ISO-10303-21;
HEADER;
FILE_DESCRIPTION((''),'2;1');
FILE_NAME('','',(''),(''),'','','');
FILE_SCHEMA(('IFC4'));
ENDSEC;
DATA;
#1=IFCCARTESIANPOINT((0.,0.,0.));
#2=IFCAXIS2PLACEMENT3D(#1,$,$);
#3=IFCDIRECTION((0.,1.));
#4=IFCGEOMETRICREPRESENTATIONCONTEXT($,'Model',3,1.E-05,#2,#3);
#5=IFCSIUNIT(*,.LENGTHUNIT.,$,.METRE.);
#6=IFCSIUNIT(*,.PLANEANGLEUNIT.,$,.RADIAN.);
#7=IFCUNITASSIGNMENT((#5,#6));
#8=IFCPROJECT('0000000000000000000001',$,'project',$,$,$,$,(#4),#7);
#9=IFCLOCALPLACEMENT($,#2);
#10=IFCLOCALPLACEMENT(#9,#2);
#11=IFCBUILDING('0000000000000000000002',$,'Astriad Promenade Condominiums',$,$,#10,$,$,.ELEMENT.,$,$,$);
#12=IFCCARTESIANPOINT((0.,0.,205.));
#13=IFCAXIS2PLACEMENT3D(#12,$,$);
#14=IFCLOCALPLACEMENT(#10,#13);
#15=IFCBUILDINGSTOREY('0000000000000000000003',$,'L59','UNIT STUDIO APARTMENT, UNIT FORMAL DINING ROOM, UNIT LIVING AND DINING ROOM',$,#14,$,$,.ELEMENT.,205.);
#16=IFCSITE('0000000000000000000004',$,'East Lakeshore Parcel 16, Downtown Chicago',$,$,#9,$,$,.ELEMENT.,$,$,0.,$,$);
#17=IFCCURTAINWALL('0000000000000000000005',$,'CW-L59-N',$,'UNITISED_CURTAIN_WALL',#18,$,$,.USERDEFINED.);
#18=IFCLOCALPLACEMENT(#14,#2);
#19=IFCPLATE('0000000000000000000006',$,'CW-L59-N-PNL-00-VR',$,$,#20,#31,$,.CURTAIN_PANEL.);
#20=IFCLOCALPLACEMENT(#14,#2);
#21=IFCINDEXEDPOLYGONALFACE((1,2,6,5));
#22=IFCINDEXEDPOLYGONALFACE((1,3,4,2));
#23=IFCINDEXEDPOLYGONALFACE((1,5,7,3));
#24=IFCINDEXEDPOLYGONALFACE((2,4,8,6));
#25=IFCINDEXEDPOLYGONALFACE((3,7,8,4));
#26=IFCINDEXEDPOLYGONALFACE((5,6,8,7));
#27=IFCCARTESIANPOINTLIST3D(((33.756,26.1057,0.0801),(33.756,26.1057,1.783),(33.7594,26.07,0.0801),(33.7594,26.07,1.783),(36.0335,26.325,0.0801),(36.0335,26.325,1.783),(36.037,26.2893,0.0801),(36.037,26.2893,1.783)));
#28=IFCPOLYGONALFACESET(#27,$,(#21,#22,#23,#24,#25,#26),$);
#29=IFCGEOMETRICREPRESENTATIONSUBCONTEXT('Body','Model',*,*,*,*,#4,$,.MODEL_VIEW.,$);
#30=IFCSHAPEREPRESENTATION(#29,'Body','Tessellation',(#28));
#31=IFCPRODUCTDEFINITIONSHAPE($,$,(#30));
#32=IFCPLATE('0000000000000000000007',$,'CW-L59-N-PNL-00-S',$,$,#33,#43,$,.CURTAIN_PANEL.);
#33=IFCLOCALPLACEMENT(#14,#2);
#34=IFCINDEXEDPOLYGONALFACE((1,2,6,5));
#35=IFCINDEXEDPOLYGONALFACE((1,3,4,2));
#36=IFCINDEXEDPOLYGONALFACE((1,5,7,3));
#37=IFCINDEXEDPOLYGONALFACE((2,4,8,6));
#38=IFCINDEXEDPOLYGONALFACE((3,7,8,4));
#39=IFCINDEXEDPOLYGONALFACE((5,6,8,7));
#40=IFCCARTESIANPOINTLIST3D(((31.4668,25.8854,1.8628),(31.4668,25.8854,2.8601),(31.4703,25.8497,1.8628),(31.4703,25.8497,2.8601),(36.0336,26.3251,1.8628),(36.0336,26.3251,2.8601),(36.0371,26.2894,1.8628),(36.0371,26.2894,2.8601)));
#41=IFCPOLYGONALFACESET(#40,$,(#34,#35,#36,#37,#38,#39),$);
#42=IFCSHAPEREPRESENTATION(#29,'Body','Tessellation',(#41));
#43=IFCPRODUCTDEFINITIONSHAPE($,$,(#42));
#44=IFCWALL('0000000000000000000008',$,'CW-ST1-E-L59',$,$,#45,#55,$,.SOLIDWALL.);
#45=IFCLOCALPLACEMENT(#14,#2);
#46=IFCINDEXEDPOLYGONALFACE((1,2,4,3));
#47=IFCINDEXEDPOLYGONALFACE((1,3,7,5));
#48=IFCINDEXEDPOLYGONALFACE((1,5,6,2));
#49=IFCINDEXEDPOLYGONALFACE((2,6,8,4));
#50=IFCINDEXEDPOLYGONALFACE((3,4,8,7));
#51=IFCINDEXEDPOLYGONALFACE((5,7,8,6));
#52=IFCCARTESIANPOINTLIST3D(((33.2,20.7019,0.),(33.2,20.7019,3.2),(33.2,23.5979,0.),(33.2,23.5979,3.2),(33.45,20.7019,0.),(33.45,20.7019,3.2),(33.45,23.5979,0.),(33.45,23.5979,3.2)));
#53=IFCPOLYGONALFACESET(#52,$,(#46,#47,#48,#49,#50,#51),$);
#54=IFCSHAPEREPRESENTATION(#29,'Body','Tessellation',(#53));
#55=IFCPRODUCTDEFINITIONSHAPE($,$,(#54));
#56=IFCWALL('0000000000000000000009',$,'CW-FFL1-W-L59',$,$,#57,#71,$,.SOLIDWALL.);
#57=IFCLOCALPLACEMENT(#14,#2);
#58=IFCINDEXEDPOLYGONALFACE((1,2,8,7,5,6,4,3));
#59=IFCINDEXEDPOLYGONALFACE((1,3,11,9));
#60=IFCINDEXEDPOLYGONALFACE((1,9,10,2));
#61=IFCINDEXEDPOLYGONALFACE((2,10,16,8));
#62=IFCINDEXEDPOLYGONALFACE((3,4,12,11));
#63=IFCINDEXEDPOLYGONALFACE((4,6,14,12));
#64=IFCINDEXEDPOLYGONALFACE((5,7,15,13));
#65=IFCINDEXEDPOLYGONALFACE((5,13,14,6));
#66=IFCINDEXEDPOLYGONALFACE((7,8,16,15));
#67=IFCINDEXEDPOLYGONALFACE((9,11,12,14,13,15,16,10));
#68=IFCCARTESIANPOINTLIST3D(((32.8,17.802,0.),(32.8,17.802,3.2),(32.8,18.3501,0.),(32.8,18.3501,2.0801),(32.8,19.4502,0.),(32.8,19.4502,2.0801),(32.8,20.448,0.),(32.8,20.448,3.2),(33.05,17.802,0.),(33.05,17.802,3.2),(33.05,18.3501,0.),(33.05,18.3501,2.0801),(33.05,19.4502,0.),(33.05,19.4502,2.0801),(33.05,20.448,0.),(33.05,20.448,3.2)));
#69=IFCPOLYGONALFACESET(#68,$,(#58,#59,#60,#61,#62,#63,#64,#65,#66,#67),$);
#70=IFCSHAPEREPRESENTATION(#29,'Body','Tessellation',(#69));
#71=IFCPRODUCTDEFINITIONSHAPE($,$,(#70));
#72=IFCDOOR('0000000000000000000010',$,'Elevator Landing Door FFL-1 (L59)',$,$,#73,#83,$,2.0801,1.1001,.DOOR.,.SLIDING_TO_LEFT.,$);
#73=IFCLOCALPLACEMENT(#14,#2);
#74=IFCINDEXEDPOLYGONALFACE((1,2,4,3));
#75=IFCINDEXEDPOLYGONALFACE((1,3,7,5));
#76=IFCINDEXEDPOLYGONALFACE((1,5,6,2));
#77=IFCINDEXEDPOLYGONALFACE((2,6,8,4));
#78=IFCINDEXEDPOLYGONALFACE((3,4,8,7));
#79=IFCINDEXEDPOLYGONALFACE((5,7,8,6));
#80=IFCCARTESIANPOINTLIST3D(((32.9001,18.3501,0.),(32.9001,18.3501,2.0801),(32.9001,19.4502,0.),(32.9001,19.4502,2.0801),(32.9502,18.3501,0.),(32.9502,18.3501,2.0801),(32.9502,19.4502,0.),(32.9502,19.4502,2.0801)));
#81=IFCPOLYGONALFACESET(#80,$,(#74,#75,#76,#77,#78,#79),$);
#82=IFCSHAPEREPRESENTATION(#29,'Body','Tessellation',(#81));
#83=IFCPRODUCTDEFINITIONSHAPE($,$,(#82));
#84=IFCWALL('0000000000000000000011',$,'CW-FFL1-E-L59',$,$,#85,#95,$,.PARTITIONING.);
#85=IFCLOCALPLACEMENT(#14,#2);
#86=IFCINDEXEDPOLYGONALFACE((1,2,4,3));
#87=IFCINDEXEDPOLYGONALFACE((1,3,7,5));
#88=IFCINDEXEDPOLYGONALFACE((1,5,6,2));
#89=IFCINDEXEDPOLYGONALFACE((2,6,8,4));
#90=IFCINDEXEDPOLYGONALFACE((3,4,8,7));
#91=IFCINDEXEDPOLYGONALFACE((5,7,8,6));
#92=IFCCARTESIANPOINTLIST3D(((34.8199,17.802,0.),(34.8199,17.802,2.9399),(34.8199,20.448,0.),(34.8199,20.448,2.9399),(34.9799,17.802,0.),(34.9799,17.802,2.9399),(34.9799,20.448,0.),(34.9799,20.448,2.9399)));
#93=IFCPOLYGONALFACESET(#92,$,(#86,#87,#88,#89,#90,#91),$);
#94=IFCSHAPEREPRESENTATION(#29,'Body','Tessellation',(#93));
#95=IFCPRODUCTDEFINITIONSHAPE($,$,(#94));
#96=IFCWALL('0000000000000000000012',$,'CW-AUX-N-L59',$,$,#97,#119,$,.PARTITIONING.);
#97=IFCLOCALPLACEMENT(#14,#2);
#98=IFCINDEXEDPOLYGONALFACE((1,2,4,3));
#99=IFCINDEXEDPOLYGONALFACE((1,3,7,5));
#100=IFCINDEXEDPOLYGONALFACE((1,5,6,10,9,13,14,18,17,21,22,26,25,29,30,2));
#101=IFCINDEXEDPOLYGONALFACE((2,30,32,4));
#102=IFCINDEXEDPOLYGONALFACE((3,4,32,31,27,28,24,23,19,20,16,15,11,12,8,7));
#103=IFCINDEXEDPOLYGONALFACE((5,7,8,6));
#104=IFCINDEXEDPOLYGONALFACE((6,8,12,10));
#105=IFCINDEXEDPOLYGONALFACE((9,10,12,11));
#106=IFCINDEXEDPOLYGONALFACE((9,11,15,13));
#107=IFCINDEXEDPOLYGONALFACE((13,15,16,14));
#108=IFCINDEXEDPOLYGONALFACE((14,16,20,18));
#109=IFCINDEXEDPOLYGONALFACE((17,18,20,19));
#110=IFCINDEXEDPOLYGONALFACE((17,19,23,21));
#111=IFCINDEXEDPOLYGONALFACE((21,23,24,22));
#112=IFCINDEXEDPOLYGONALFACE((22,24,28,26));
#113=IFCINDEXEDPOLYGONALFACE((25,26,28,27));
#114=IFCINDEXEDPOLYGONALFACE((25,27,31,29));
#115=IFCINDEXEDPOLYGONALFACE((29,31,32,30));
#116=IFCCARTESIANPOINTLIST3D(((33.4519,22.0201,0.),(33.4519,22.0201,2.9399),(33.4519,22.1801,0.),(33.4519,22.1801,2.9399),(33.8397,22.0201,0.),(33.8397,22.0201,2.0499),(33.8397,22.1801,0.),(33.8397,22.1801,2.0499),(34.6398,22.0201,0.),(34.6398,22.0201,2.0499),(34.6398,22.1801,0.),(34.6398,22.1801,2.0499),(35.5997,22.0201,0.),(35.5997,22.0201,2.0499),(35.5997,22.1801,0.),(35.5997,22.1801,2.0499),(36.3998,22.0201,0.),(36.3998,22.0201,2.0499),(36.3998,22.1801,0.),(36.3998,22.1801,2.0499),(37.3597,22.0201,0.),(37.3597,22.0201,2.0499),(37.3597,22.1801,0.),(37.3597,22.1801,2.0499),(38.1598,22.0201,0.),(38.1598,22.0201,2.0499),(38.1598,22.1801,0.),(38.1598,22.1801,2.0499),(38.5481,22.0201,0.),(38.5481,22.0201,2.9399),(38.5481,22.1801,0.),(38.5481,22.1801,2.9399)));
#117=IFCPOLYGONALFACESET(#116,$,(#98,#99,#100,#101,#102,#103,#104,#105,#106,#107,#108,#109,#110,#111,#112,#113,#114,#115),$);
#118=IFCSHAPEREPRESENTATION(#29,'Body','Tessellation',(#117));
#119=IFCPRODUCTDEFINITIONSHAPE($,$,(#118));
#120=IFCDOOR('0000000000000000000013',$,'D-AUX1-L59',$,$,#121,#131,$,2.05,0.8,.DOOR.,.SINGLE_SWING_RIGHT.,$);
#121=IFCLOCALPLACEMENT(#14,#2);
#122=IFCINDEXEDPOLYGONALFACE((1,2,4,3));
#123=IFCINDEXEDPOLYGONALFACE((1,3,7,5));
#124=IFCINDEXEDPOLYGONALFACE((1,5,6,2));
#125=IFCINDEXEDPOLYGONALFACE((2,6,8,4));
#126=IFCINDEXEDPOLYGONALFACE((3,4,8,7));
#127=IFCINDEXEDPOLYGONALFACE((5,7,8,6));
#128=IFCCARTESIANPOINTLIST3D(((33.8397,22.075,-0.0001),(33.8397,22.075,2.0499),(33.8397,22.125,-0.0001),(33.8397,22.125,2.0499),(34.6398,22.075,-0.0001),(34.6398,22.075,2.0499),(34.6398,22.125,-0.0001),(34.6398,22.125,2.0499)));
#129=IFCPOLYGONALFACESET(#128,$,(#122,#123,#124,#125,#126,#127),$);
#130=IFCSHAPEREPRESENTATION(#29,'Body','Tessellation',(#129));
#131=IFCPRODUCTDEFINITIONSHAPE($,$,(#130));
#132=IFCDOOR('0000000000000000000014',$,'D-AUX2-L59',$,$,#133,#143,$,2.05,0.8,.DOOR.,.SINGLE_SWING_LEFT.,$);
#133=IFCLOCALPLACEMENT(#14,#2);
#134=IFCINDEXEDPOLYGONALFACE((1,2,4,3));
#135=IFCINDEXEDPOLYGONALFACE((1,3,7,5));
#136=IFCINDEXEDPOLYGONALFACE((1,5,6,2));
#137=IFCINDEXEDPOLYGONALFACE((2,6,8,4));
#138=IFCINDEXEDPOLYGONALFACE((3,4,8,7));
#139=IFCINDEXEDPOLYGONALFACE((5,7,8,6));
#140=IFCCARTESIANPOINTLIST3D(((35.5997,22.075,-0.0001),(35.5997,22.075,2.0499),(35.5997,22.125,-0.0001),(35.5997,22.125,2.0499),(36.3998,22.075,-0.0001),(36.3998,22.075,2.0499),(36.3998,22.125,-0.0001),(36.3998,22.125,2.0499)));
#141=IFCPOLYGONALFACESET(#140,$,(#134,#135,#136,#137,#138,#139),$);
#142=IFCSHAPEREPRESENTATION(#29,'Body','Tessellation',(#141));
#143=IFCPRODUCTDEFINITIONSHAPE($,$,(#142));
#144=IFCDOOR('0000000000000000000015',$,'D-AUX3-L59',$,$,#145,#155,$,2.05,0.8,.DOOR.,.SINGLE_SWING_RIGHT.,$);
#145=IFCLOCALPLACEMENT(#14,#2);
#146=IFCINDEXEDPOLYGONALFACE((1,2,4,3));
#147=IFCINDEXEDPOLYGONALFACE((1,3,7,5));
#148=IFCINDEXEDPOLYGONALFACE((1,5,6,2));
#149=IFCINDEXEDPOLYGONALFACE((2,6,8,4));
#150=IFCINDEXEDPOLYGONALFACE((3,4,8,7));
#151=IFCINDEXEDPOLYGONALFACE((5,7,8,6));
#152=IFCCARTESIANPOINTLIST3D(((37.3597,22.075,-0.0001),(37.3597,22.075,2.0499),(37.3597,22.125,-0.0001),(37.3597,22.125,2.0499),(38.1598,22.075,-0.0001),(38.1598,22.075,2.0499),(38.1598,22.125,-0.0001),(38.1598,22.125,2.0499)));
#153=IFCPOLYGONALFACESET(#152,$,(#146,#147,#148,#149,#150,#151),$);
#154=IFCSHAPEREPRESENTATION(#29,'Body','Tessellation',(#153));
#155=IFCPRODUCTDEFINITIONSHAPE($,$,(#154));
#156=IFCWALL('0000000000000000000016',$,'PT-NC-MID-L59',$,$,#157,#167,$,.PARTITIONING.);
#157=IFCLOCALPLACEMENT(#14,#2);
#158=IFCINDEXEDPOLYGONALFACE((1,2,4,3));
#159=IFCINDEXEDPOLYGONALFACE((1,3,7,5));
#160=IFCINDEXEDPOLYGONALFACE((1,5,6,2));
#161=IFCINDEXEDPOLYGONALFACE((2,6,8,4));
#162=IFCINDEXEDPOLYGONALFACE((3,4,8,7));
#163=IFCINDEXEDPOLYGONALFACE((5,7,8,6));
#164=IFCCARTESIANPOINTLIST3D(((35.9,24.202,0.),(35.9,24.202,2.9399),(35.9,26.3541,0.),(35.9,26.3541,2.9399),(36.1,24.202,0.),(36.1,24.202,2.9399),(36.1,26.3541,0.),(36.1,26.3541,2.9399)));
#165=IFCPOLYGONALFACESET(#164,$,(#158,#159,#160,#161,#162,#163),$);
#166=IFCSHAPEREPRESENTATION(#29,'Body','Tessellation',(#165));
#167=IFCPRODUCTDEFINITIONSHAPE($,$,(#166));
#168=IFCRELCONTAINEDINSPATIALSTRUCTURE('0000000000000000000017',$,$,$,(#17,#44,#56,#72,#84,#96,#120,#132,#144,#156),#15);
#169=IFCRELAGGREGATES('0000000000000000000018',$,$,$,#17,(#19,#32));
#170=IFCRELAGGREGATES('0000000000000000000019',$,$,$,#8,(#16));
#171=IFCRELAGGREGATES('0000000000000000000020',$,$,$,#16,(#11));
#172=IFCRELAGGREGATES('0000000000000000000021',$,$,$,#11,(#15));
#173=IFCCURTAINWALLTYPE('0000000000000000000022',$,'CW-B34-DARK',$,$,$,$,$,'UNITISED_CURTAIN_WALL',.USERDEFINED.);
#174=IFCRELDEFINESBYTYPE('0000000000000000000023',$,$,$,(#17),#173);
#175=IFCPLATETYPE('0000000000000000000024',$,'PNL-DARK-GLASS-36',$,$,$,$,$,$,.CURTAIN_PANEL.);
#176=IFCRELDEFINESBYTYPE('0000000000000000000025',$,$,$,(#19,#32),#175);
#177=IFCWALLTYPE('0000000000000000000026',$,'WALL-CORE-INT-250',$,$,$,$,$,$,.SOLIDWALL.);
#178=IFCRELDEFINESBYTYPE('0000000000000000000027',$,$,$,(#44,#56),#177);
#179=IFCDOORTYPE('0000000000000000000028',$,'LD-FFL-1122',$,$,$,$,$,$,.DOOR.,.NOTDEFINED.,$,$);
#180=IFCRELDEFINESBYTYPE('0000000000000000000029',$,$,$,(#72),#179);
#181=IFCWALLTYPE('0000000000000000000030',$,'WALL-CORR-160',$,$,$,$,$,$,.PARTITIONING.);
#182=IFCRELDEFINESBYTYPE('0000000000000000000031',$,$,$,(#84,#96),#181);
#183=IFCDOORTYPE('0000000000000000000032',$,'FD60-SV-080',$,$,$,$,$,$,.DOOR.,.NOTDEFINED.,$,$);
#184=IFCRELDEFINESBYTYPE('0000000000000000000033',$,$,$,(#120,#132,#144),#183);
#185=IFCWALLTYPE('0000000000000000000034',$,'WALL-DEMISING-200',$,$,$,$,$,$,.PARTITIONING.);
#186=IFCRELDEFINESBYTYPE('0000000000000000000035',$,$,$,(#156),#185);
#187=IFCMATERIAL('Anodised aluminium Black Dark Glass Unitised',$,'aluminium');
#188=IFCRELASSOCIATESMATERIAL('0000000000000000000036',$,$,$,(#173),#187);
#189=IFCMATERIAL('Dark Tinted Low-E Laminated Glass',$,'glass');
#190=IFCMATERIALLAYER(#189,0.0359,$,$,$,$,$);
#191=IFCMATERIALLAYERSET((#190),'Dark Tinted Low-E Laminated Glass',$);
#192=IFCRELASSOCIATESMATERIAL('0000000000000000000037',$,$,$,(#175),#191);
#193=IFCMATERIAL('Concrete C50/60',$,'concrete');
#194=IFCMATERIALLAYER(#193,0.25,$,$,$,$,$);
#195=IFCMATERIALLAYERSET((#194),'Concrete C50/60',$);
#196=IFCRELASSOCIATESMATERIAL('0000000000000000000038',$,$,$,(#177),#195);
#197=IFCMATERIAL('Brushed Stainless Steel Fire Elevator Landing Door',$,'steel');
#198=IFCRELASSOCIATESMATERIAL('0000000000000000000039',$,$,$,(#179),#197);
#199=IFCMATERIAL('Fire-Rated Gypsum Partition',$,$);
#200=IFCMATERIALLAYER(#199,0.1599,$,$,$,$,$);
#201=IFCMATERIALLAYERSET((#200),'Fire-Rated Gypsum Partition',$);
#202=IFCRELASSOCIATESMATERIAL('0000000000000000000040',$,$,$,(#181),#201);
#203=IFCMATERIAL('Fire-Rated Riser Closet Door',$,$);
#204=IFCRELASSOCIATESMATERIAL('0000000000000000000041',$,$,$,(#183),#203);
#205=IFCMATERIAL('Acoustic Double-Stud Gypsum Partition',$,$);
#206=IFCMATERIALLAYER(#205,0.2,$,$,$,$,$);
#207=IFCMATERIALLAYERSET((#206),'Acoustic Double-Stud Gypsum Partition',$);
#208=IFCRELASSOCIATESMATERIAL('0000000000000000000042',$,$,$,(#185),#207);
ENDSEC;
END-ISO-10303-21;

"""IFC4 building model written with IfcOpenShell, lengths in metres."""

from ifc_helpers import new_model, si_unit, direction, frame, frame_2d, origin, origin_2d, place, context, subcontext, project, spatial, rectangle, extrude, source, transform, mapped, material, layer, layer_set, type_object, type_shapes, element, fill, aggregate, save


model = new_model("IFC4")

# Units and contexts
model_context = context("Model", 3, precision=1e-05, world=origin(), true_north=direction((0.0, 1.0)))
body_context = subcontext(model_context, "Body", "Model", "MODEL_VIEW")
ifc_project = project(units=[si_unit("LENGTHUNIT", "METRE"), si_unit("PLANEANGLEUNIT", "RADIAN")], contexts=[model_context])

# Site, building, storey
site_placement = place(None, origin())
site = spatial("IfcSite", under=ifc_project, at=site_placement, Name="East Lakeshore Parcel 16, Downtown Chicago", CompositionType="ELEMENT", RefElevation=0.0)
building_placement = place(site_placement, origin())
building = spatial("IfcBuilding", under=site, at=building_placement, Name="Astriad Promenade Condominiums", CompositionType="ELEMENT")
storey_placement = place(building_placement, frame((0.0, 0.0, 205.0)))
storey = spatial("IfcBuildingStorey", under=building, at=storey_placement, Name="L59", Description="UNIT STUDIO APARTMENT, UNIT FORMAL DINING ROOM, UNIT LIVING AND DINING ROOM", CompositionType="ELEMENT", Elevation=205.0)

# Curtain wall, plates
ifc_material_1 = material(Name="Anodised aluminium Black Dark Glass Unitised", Category="aluminium")
curtain_wall_type = type_object("IfcCurtainWallType", Name="CW-B34-DARK", ElementType="UNITISED_CURTAIN_WALL", PredefinedType="USERDEFINED", material=ifc_material_1)
curtain_wall_placement = place(storey_placement, origin())
curtain_wall = element("IfcCurtainWall", 1, at=curtain_wall_placement, inside=storey, type_object=curtain_wall_type, Name="CW-L59-N", ObjectType="UNITISED_CURTAIN_WALL", PredefinedType="USERDEFINED")
ifc_material_2 = material(Name="Dark Tinted Low-E Laminated Glass", Category="glass")
ifc_layer_1 = layer(ifc_material_2, 0.0359)
ifc_layer_set_1 = layer_set([ifc_layer_1], Name="Dark Tinted Low-E Laminated Glass")
plate_type = type_object("IfcPlateType", Name="PNL-DARK-GLASS-36", PredefinedType="CURTAIN_PANEL", material=ifc_layer_set_1)
shared_shape_1 = source(origin(), body_context, "Body", "SweptSolid", [
    extrude(rectangle(XDim=2.2881, YDim=0.0359, at=origin_2d()), origin(), (0.0, 0.0, 1.0), 1.7029),
])
plate_1_placement = place(storey_placement, frame((34.8965, 26.1975, 0.0801), z_axis=(0.0, 0.0, 1.0), x_axis=(0.995396, 0.095846, 0.0)))
plate_1 = element("IfcPlate", 2, at=plate_1_placement, type_object=plate_type, Name="CW-L59-N-PNL-00-VR", PredefinedType="CURTAIN_PANEL", context=body_context, shape_type="MappedRepresentation", body=[
    mapped(shared_shape_1, transform((0.0, 0.0, 0.0), scale=1.0)),
])
shared_shape_2 = source(origin(), body_context, "Body", "SweptSolid", [
    extrude(rectangle(XDim=4.5879, YDim=0.0359, at=origin_2d()), origin(), (0.0, 0.0, 1.0), 0.9973),
])
type_shapes(plate_type, [shared_shape_1, shared_shape_2])
plate_2_placement = place(storey_placement, frame((33.752, 26.0874, 1.8628), z_axis=(0.0, 0.0, 1.0), x_axis=(0.995396, 0.095846, 0.0)))
plate_2 = element("IfcPlate", 3, at=plate_2_placement, type_object=plate_type, Name="CW-L59-N-PNL-00-S", PredefinedType="CURTAIN_PANEL", context=body_context, shape_type="MappedRepresentation", body=[
    mapped(shared_shape_2, transform((0.0, 0.0, 0.0), scale=1.0)),
])
aggregate(curtain_wall, [plate_1, plate_2])

# Wall
ifc_material_3 = material(Name="Concrete C50/60", Category="concrete")
ifc_layer_2 = layer(ifc_material_3, 0.25)
ifc_layer_set_2 = layer_set([ifc_layer_2], Name="Concrete C50/60")
wall_type_1 = type_object("IfcWallType", Name="WALL-CORE-INT-250", PredefinedType="SOLIDWALL", material=ifc_layer_set_2)
wall_1_placement = place(storey_placement, frame((33.325, 20.7019, 0.0), z_axis=(0.0, 0.0, 1.0), x_axis=(0.0, 1.0, 0.0)))
element("IfcWall", 4, at=wall_1_placement, inside=storey, type_object=wall_type_1, Name="CW-ST1-E-L59", PredefinedType="SOLIDWALL", context=body_context, shape_type="SweptSolid", body=[
    extrude(rectangle(XDim=2.896, YDim=0.25, at=frame_2d((1.448, 0.0))), origin(), (0.0, 0.0, 1.0), 3.2),
])

# Wall, opening, door
wall_2_placement = place(storey_placement, frame((32.925, 17.802, 0.0), z_axis=(0.0, 0.0, 1.0), x_axis=(0.0, 1.0, 0.0)))
wall_2 = element("IfcWall", 5, at=wall_2_placement, inside=storey, type_object=wall_type_1, Name="CW-FFL1-W-L59", PredefinedType="SOLIDWALL", context=body_context, shape_type="SweptSolid", body=[
    extrude(rectangle(XDim=2.646, YDim=0.25, at=frame_2d((1.323, 0.0))), origin(), (0.0, 0.0, 1.0), 3.2),
])
opening_1_placement = place(wall_2_placement, frame((0.5481, 0.0, 0.0)))
opening_1 = element("IfcOpeningElement", 6, at=opening_1_placement, cuts=wall_2, PredefinedType="OPENING", context=body_context, shape_type="SweptSolid", body=[
    extrude(rectangle(XDim=1.1001, YDim=2.0801, at=frame_2d((0.55, 1.04))), frame((0.0, 0.135, 0.0), z_axis=(0.0, -1.0, 0.0), x_axis=(1.0, 0.0, 0.0)), (0.0, 0.0, 1.0), 0.27),
])
ifc_material_4 = material(Name="Brushed Stainless Steel Fire Elevator Landing Door", Category="steel")
door_type_1 = type_object("IfcDoorType", Name="LD-FFL-1122", OperationType="NOTDEFINED", PredefinedType="DOOR", material=ifc_material_4)
shared_shape_3 = source(origin(), body_context, "Body", "SweptSolid", [
    extrude(rectangle(XDim=1.1001, YDim=2.0801, at=frame_2d((0.55, 1.04))), frame((0.0, 0.0249, 0.0), z_axis=(0.0, -1.0, 0.0), x_axis=(1.0, 0.0, 0.0)), (0.0, 0.0, 1.0), 0.05),
])
type_shapes(door_type_1, [shared_shape_3])
door_1_placement = place(opening_1_placement, origin())
door_1 = element("IfcDoor", 7, at=door_1_placement, inside=storey, type_object=door_type_1, Name="Elevator Landing Door FFL-1 (L59)", OperationType="SLIDING_TO_LEFT", OverallHeight=2.0801, OverallWidth=1.1001, PredefinedType="DOOR", context=body_context, shape_type="MappedRepresentation", body=[
    mapped(shared_shape_3, transform((0.0, 0.0, 0.0), scale=1.0)),
])
fill(opening_1, door_1)

# Wall
ifc_material_5 = material(Name="Fire-Rated Gypsum Partition")
ifc_layer_3 = layer(ifc_material_5, 0.1599)
ifc_layer_set_3 = layer_set([ifc_layer_3], Name="Fire-Rated Gypsum Partition")
wall_type_2 = type_object("IfcWallType", Name="WALL-CORR-160", PredefinedType="PARTITIONING", material=ifc_layer_set_3)
wall_3_placement = place(storey_placement, frame((34.8999, 17.802, 0.0), z_axis=(0.0, 0.0, 1.0), x_axis=(0.0, 1.0, 0.0)))
element("IfcWall", 8, at=wall_3_placement, inside=storey, type_object=wall_type_2, Name="CW-FFL1-E-L59", PredefinedType="PARTITIONING", context=body_context, shape_type="SweptSolid", body=[
    extrude(rectangle(XDim=2.646, YDim=0.1599, at=frame_2d((1.323, 0.0))), origin(), (0.0, 0.0, 1.0), 2.9399),
])

# Wall, openings, doors
wall_4_placement = place(storey_placement, frame((33.4519, 22.1001, 0.0), z_axis=(0.0, 0.0, 1.0), x_axis=(1.0, 0.0, 0.0)))
wall_4 = element("IfcWall", 9, at=wall_4_placement, inside=storey, type_object=wall_type_2, Name="CW-AUX-N-L59", PredefinedType="PARTITIONING", context=body_context, shape_type="SweptSolid", body=[
    extrude(rectangle(XDim=5.0962, YDim=0.1599, at=frame_2d((2.5481, 0.0))), origin(), (0.0, 0.0, 1.0), 2.9399),
])
opening_2_placement = place(wall_4_placement, frame((0.3879, 0.0, 0.0)))
opening_2 = element("IfcOpeningElement", 10, at=opening_2_placement, cuts=wall_4, PredefinedType="OPENING", context=body_context, shape_type="SweptSolid", body=[
    extrude(rectangle(XDim=0.8, YDim=2.05, at=frame_2d((0.3999, 1.0249))), frame((0.0, 0.0898, 0.0), z_axis=(0.0, -1.0, 0.0), x_axis=(1.0, 0.0, 0.0)), (0.0, 0.0, 1.0), 0.1799),
])
opening_3_placement = place(wall_4_placement, frame((2.1479, 0.0, 0.0)))
opening_3 = element("IfcOpeningElement", 11, at=opening_3_placement, cuts=wall_4, PredefinedType="OPENING", context=body_context, shape_type="SweptSolid", body=[
    extrude(rectangle(XDim=0.8, YDim=2.05, at=frame_2d((0.3999, 1.0249))), frame((0.0, 0.0898, 0.0), z_axis=(0.0, -1.0, 0.0), x_axis=(1.0, 0.0, 0.0)), (0.0, 0.0, 1.0), 0.1799),
])
opening_4_placement = place(wall_4_placement, frame((3.908, 0.0, 0.0)))
opening_4 = element("IfcOpeningElement", 12, at=opening_4_placement, cuts=wall_4, PredefinedType="OPENING", context=body_context, shape_type="SweptSolid", body=[
    extrude(rectangle(XDim=0.8, YDim=2.05, at=frame_2d((0.3999, 1.0249))), frame((0.0, 0.0898, 0.0), z_axis=(0.0, -1.0, 0.0), x_axis=(1.0, 0.0, 0.0)), (0.0, 0.0, 1.0), 0.1799),
])
ifc_material_6 = material(Name="Fire-Rated Riser Closet Door")
door_type_2 = type_object("IfcDoorType", Name="FD60-SV-080", OperationType="NOTDEFINED", PredefinedType="DOOR", material=ifc_material_6)
shared_shape_4 = source(origin(), body_context, "Body", "SweptSolid", [
    extrude(rectangle(XDim=0.8, YDim=2.05, at=frame_2d((0.3999, 1.0249))), frame((0.0, 0.0249, 0.0), z_axis=(0.0, -1.0, 0.0), x_axis=(1.0, 0.0, 0.0)), (0.0, 0.0, 1.0), 0.05),
])
type_shapes(door_type_2, [shared_shape_4])
door_2_placement = place(opening_2_placement, origin())
door_2 = element("IfcDoor", 13, at=door_2_placement, inside=storey, type_object=door_type_2, Name="D-AUX1-L59", OperationType="SINGLE_SWING_RIGHT", OverallHeight=2.05, OverallWidth=0.8, PredefinedType="DOOR", context=body_context, shape_type="MappedRepresentation", body=[
    mapped(shared_shape_4, transform((0.0, 0.0, 0.0), scale=1.0)),
])
fill(opening_2, door_2)
door_3_placement = place(opening_3_placement, origin())
door_3 = element("IfcDoor", 14, at=door_3_placement, inside=storey, type_object=door_type_2, Name="D-AUX2-L59", OperationType="SINGLE_SWING_LEFT", OverallHeight=2.05, OverallWidth=0.8, PredefinedType="DOOR", context=body_context, shape_type="MappedRepresentation", body=[
    mapped(shared_shape_4, transform((0.0, 0.0, 0.0), scale=1.0)),
])
fill(opening_3, door_3)
door_4_placement = place(opening_4_placement, origin())
door_4 = element("IfcDoor", 15, at=door_4_placement, inside=storey, type_object=door_type_2, Name="D-AUX3-L59", OperationType="SINGLE_SWING_RIGHT", OverallHeight=2.05, OverallWidth=0.8, PredefinedType="DOOR", context=body_context, shape_type="MappedRepresentation", body=[
    mapped(shared_shape_4, transform((0.0, 0.0, 0.0), scale=1.0)),
])
fill(opening_4, door_4)

# Wall
ifc_material_7 = material(Name="Acoustic Double-Stud Gypsum Partition")
ifc_layer_4 = layer(ifc_material_7, 0.2)
ifc_layer_set_4 = layer_set([ifc_layer_4], Name="Acoustic Double-Stud Gypsum Partition")
wall_type_3 = type_object("IfcWallType", Name="WALL-DEMISING-200", PredefinedType="PARTITIONING", material=ifc_layer_set_4)
wall_5_placement = place(storey_placement, frame((36.0, 24.2019, 0.0), z_axis=(0.0, 0.0, 1.0), x_axis=(0.0, 1.0, 0.0)))
element("IfcWall", 16, at=wall_5_placement, inside=storey, type_object=wall_type_3, Name="PT-NC-MID-L59", PredefinedType="PARTITIONING", context=body_context, shape_type="SweptSolid", body=[
    extrude(rectangle(XDim=2.1521, YDim=0.2, at=frame_2d((1.0762, 0.0))), origin(), (0.0, 0.0, 1.0), 2.9399),
])

save(model, "model.ifc")
